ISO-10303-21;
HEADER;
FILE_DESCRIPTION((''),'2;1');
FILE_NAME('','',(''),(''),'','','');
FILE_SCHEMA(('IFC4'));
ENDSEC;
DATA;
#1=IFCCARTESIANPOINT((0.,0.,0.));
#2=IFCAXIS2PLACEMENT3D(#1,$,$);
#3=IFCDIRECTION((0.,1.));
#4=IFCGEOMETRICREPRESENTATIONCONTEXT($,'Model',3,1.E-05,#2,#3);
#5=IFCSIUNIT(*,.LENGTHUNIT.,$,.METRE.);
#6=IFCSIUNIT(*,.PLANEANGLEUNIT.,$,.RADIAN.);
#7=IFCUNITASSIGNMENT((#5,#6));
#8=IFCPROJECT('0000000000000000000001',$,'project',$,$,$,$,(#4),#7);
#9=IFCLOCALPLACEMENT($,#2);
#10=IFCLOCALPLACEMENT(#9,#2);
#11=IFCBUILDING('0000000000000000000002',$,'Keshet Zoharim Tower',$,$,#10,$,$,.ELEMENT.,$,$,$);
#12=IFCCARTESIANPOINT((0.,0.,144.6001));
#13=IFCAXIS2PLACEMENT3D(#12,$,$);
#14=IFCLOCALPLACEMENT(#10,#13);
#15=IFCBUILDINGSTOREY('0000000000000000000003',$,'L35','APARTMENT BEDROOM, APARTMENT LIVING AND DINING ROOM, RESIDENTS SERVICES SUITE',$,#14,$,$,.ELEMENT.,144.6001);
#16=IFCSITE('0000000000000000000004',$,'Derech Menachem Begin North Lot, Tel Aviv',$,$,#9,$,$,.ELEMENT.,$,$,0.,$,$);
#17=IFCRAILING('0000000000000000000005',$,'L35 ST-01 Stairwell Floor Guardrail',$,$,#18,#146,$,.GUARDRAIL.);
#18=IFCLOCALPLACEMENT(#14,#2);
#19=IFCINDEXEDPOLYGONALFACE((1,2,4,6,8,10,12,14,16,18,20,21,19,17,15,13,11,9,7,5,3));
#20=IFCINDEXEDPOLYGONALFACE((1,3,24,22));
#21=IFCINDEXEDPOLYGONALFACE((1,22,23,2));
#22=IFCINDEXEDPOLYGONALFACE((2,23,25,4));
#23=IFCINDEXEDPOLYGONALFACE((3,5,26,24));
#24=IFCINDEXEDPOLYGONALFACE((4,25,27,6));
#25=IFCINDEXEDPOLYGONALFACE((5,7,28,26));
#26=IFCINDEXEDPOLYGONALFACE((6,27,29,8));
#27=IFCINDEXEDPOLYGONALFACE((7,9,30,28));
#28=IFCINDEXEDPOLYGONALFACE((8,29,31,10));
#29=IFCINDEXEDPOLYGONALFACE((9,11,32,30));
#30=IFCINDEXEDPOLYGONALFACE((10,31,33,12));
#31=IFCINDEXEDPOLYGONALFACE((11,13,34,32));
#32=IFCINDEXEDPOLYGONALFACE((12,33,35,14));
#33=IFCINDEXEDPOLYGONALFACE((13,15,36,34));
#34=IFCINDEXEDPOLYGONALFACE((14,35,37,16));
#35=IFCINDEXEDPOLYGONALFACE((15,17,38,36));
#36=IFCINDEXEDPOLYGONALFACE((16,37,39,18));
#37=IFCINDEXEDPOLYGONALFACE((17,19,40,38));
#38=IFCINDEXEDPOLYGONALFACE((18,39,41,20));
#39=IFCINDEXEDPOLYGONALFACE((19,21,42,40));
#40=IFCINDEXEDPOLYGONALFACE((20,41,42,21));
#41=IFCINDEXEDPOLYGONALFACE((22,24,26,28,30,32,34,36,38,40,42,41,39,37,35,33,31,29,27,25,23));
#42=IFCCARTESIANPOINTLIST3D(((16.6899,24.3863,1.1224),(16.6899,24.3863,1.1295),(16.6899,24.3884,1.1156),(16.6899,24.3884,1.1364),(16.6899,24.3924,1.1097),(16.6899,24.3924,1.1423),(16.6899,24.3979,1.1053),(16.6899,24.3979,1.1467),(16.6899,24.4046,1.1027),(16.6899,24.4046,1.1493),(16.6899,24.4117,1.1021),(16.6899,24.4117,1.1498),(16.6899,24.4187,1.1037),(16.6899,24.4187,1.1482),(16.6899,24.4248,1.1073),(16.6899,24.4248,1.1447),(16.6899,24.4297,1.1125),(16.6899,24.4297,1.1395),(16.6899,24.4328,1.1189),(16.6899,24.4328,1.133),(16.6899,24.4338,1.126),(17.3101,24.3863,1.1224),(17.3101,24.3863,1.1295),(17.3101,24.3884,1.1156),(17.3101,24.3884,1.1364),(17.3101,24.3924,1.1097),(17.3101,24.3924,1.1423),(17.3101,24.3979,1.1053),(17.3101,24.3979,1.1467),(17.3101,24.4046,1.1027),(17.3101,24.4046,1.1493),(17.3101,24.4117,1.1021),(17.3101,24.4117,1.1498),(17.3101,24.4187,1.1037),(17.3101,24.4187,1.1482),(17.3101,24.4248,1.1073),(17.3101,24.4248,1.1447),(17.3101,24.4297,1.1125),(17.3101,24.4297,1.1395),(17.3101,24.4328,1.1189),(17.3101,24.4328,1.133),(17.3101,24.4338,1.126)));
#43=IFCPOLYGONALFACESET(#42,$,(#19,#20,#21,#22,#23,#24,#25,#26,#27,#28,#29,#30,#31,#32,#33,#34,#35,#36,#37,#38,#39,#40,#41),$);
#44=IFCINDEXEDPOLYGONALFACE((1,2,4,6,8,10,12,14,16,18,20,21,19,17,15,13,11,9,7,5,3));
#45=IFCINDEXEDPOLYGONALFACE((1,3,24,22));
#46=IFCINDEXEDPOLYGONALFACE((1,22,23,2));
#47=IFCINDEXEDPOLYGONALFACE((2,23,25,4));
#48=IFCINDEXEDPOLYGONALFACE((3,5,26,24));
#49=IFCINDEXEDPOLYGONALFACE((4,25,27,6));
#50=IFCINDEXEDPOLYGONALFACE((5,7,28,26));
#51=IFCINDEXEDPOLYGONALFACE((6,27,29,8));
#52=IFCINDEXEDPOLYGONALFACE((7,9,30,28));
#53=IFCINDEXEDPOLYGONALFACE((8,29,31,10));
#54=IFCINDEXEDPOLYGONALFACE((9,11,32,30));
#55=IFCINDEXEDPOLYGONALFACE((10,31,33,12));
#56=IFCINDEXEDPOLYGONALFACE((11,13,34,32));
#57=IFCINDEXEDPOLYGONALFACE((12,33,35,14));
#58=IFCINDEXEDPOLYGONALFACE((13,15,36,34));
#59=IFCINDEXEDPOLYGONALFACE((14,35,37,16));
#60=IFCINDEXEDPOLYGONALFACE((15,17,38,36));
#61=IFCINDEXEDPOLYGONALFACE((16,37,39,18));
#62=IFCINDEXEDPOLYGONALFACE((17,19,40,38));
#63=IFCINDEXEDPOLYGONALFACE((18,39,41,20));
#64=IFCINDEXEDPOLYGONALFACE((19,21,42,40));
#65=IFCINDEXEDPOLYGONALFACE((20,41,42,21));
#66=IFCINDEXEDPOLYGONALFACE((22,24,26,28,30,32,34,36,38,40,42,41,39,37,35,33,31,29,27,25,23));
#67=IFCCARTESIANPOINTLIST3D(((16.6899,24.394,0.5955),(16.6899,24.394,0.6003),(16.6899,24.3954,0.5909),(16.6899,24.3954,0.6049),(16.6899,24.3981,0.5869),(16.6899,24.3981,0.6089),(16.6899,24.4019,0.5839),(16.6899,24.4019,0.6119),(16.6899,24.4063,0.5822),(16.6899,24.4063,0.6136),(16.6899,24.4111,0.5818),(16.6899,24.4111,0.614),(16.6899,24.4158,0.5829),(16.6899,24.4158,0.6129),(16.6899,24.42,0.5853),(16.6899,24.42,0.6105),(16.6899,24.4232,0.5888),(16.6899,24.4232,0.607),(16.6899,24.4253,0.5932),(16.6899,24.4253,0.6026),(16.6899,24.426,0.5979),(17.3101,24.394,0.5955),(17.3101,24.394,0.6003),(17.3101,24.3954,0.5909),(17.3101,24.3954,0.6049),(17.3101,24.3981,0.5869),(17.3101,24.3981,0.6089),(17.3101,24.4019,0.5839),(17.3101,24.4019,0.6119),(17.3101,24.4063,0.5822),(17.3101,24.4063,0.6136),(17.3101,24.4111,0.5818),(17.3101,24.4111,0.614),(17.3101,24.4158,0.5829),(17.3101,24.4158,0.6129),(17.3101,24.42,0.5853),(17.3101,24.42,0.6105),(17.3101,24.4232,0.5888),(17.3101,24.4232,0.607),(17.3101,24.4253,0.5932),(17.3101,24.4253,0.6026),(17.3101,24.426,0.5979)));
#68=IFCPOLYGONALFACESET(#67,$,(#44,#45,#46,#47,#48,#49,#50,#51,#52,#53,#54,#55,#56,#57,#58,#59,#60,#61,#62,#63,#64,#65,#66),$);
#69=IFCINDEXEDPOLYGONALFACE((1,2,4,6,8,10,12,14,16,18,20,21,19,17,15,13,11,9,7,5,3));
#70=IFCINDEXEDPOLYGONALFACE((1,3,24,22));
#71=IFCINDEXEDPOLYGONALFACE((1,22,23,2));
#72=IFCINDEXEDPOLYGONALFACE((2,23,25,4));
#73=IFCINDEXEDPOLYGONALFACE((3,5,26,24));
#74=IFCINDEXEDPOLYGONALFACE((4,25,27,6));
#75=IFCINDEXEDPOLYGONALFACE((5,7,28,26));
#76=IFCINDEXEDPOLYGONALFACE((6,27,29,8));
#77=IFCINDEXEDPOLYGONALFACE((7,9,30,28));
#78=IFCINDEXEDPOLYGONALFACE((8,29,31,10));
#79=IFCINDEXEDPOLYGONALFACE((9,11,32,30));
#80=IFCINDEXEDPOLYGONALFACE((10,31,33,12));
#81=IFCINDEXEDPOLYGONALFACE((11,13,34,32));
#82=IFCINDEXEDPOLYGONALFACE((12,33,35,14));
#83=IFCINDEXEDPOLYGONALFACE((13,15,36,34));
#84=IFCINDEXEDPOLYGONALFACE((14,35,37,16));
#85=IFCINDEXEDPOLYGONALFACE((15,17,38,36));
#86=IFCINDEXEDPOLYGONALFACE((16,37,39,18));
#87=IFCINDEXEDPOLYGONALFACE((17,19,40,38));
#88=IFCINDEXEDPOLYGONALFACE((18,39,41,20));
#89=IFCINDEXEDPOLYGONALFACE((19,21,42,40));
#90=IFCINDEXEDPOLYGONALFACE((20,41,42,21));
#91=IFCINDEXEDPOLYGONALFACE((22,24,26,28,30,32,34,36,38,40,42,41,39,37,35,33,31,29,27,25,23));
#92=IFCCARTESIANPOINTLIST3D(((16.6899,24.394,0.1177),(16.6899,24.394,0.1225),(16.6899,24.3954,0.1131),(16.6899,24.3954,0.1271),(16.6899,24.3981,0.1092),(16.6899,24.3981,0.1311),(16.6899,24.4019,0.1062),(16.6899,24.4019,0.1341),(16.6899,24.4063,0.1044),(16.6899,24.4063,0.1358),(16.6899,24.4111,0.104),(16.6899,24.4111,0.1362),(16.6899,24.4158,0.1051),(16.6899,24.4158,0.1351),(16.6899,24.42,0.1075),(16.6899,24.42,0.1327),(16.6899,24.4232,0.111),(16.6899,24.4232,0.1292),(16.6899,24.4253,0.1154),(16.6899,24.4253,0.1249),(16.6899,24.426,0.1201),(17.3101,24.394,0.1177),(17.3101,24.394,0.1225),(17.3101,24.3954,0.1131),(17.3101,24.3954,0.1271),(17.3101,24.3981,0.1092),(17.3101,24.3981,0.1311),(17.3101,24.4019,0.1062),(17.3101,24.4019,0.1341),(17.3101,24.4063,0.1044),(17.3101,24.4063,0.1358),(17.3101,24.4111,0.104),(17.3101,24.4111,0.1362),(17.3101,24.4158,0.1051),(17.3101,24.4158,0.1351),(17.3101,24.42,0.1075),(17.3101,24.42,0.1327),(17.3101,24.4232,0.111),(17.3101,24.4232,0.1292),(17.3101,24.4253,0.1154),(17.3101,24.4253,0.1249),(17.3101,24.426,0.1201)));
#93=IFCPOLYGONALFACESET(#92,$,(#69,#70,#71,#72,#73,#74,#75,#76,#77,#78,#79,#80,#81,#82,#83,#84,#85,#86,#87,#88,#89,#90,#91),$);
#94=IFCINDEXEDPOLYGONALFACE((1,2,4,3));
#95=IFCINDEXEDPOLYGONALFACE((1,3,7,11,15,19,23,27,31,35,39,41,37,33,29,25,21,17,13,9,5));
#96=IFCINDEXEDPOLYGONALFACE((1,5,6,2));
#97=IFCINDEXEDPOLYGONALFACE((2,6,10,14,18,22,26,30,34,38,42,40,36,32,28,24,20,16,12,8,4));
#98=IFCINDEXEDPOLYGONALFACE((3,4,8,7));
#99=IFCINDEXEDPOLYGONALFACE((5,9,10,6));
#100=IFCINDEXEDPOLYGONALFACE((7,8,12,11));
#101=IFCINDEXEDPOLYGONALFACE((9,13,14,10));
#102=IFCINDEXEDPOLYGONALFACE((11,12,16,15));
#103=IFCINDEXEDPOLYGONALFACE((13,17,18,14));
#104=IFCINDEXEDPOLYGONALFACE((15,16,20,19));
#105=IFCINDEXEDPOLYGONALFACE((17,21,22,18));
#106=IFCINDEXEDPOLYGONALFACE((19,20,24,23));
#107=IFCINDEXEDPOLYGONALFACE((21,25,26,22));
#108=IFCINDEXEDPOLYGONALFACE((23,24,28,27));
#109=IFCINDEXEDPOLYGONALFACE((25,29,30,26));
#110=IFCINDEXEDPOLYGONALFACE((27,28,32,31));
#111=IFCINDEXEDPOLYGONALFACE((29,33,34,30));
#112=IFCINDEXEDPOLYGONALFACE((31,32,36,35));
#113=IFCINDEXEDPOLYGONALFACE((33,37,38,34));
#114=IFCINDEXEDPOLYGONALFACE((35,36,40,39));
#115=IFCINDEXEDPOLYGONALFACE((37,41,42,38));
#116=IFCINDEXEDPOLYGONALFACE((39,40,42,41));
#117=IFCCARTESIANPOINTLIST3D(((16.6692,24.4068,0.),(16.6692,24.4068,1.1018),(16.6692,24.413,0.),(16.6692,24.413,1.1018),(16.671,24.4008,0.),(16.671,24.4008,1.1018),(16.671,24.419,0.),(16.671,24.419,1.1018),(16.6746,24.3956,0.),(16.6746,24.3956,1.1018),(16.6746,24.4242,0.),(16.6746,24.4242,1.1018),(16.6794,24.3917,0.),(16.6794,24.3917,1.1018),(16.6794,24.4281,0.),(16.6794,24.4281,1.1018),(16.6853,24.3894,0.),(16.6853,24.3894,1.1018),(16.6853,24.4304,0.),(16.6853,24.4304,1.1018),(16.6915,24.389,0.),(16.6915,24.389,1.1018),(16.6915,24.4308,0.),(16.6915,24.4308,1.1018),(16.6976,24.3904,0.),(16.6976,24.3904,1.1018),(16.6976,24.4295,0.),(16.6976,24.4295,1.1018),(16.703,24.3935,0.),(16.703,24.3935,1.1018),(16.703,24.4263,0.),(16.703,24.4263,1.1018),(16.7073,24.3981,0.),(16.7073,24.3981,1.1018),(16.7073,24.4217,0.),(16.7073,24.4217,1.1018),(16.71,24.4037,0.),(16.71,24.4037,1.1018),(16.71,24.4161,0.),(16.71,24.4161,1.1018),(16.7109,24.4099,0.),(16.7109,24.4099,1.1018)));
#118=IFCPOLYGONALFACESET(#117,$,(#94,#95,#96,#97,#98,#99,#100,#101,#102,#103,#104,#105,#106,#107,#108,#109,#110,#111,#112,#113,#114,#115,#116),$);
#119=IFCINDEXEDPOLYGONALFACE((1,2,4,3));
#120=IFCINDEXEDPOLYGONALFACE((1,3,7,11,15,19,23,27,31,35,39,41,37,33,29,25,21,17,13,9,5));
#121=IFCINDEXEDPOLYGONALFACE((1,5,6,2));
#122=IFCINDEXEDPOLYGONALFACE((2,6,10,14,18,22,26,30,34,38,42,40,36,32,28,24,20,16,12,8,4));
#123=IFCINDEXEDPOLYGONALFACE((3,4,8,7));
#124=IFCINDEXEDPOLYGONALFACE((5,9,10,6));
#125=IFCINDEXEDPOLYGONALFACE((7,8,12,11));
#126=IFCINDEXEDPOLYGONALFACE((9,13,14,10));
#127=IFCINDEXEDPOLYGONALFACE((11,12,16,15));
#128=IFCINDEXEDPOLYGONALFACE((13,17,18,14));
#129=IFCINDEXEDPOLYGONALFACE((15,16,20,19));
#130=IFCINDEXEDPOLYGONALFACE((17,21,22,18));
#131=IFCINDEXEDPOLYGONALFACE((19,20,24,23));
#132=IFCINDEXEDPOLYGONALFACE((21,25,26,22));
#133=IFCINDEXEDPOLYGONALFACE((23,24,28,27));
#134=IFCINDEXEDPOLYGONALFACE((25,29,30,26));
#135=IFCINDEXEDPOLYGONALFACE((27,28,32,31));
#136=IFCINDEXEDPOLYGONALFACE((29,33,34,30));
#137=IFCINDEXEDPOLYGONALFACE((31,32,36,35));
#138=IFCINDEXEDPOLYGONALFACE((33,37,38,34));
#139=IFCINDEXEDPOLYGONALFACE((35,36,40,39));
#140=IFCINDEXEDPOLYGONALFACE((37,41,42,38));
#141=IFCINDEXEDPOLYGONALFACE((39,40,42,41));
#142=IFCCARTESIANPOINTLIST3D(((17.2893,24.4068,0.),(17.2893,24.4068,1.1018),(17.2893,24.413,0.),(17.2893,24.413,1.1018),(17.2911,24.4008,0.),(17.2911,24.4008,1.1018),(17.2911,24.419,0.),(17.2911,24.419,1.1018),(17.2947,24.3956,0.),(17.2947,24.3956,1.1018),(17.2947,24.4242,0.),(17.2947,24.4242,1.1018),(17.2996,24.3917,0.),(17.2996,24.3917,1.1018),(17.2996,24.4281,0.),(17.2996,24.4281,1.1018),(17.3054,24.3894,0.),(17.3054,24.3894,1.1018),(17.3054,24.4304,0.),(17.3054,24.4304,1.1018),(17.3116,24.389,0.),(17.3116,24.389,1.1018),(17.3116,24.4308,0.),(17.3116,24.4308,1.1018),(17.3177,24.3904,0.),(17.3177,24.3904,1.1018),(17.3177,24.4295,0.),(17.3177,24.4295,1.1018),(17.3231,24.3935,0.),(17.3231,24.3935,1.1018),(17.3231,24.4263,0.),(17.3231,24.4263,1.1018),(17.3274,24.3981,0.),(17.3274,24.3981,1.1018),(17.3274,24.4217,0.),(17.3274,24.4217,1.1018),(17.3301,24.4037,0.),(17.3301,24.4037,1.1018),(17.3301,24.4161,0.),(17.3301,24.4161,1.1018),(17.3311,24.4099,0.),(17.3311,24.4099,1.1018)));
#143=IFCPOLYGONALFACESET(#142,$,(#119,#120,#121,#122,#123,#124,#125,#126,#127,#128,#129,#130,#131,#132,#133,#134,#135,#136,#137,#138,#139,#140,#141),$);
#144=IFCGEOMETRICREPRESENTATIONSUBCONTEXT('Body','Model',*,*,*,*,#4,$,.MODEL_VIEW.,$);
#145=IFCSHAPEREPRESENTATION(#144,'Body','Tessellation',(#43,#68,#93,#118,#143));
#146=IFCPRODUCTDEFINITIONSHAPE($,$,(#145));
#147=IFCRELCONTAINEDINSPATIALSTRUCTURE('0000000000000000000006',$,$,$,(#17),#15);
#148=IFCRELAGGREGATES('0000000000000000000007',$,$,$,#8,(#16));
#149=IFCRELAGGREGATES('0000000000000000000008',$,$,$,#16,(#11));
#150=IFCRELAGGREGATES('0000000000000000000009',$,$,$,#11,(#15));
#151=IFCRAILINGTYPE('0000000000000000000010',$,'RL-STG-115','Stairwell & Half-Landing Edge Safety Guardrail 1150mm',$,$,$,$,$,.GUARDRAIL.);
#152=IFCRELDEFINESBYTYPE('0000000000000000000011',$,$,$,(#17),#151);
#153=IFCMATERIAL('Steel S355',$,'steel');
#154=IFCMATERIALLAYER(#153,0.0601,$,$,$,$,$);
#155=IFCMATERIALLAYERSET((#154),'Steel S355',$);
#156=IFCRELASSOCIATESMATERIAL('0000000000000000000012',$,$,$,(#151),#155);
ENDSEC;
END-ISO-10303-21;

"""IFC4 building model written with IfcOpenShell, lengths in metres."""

from ifc_helpers import new_model, si_unit, direction, frame, origin, origin_2d, place, context, subcontext, project, spatial, circle, extrude, material, layer, layer_set, type_object, element, save


model = new_model("IFC4")

# Units and contexts
model_context = context("Model", 3, precision=1e-05, world=origin(), true_north=direction((0.0, 1.0)))
body_context = subcontext(model_context, "Body", "Model", "MODEL_VIEW")
ifc_project = project(units=[si_unit("LENGTHUNIT", "METRE"), si_unit("PLANEANGLEUNIT", "RADIAN")], contexts=[model_context])

# Site, building, storey
site_placement = place(None, origin())
site = spatial("IfcSite", under=ifc_project, at=site_placement, Name="Derech Menachem Begin North Lot, Tel Aviv", CompositionType="ELEMENT", RefElevation=0.0)
building_placement = place(site_placement, origin())
building = spatial("IfcBuilding", under=site, at=building_placement, Name="Keshet Zoharim Tower", CompositionType="ELEMENT")
storey_placement = place(building_placement, frame((0.0, 0.0, 144.6001)))
storey = spatial("IfcBuildingStorey", under=building, at=storey_placement, Name="L35", Description="APARTMENT BEDROOM, APARTMENT LIVING AND DINING ROOM, RESIDENTS SERVICES SUITE", CompositionType="ELEMENT", Elevation=144.6001)

# Railing
ifc_material_1 = material(Name="Steel S355", Category="steel")
ifc_layer_1 = layer(ifc_material_1, 0.0601)
ifc_layer_set_1 = layer_set([ifc_layer_1], Name="Steel S355")
railing_type_1 = type_object("IfcRailingType", Name="RL-STG-115", Description="Stairwell & Half-Landing Edge Safety Guardrail 1150mm", PredefinedType="GUARDRAIL", material=ifc_layer_set_1)
railing_1_placement = place(storey_placement, frame((16.6899, 24.4099, 0.0)))
element("IfcRailing", 1, at=railing_1_placement, inside=storey, type_object=railing_type_1, Name="L35 ST-01 Stairwell Floor Guardrail", PredefinedType="GUARDRAIL", context=body_context, shape_type="SweptSolid", body=[
    extrude(circle(Radius=0.0239, at=origin_2d()), frame((0.0, 0.0, 1.126), z_axis=(1.0, 0.0, 0.0), x_axis=(0.0, 1.0, 0.0)), (0.0, 0.0, 1.0), 0.6201),
    extrude(circle(Radius=0.0161, at=origin_2d()), frame((0.0, 0.0, 0.5979), z_axis=(1.0, 0.0, 0.0), x_axis=(0.0, 1.0, 0.0)), (0.0, 0.0, 1.0), 0.6201),
    extrude(circle(Radius=0.0161, at=origin_2d()), frame((0.0, 0.0, 0.1201), z_axis=(1.0, 0.0, 0.0), x_axis=(0.0, 1.0, 0.0)), (0.0, 0.0, 1.0), 0.6201),
    extrude(circle(Radius=0.021, at=origin_2d()), origin(), (0.0, 0.0, 1.0), 1.1018),
    extrude(circle(Radius=0.021, at=origin_2d()), frame((0.6201, 0.0, 0.0)), (0.0, 0.0, 1.0), 1.1018),
])

save(model, "model.ifc")
